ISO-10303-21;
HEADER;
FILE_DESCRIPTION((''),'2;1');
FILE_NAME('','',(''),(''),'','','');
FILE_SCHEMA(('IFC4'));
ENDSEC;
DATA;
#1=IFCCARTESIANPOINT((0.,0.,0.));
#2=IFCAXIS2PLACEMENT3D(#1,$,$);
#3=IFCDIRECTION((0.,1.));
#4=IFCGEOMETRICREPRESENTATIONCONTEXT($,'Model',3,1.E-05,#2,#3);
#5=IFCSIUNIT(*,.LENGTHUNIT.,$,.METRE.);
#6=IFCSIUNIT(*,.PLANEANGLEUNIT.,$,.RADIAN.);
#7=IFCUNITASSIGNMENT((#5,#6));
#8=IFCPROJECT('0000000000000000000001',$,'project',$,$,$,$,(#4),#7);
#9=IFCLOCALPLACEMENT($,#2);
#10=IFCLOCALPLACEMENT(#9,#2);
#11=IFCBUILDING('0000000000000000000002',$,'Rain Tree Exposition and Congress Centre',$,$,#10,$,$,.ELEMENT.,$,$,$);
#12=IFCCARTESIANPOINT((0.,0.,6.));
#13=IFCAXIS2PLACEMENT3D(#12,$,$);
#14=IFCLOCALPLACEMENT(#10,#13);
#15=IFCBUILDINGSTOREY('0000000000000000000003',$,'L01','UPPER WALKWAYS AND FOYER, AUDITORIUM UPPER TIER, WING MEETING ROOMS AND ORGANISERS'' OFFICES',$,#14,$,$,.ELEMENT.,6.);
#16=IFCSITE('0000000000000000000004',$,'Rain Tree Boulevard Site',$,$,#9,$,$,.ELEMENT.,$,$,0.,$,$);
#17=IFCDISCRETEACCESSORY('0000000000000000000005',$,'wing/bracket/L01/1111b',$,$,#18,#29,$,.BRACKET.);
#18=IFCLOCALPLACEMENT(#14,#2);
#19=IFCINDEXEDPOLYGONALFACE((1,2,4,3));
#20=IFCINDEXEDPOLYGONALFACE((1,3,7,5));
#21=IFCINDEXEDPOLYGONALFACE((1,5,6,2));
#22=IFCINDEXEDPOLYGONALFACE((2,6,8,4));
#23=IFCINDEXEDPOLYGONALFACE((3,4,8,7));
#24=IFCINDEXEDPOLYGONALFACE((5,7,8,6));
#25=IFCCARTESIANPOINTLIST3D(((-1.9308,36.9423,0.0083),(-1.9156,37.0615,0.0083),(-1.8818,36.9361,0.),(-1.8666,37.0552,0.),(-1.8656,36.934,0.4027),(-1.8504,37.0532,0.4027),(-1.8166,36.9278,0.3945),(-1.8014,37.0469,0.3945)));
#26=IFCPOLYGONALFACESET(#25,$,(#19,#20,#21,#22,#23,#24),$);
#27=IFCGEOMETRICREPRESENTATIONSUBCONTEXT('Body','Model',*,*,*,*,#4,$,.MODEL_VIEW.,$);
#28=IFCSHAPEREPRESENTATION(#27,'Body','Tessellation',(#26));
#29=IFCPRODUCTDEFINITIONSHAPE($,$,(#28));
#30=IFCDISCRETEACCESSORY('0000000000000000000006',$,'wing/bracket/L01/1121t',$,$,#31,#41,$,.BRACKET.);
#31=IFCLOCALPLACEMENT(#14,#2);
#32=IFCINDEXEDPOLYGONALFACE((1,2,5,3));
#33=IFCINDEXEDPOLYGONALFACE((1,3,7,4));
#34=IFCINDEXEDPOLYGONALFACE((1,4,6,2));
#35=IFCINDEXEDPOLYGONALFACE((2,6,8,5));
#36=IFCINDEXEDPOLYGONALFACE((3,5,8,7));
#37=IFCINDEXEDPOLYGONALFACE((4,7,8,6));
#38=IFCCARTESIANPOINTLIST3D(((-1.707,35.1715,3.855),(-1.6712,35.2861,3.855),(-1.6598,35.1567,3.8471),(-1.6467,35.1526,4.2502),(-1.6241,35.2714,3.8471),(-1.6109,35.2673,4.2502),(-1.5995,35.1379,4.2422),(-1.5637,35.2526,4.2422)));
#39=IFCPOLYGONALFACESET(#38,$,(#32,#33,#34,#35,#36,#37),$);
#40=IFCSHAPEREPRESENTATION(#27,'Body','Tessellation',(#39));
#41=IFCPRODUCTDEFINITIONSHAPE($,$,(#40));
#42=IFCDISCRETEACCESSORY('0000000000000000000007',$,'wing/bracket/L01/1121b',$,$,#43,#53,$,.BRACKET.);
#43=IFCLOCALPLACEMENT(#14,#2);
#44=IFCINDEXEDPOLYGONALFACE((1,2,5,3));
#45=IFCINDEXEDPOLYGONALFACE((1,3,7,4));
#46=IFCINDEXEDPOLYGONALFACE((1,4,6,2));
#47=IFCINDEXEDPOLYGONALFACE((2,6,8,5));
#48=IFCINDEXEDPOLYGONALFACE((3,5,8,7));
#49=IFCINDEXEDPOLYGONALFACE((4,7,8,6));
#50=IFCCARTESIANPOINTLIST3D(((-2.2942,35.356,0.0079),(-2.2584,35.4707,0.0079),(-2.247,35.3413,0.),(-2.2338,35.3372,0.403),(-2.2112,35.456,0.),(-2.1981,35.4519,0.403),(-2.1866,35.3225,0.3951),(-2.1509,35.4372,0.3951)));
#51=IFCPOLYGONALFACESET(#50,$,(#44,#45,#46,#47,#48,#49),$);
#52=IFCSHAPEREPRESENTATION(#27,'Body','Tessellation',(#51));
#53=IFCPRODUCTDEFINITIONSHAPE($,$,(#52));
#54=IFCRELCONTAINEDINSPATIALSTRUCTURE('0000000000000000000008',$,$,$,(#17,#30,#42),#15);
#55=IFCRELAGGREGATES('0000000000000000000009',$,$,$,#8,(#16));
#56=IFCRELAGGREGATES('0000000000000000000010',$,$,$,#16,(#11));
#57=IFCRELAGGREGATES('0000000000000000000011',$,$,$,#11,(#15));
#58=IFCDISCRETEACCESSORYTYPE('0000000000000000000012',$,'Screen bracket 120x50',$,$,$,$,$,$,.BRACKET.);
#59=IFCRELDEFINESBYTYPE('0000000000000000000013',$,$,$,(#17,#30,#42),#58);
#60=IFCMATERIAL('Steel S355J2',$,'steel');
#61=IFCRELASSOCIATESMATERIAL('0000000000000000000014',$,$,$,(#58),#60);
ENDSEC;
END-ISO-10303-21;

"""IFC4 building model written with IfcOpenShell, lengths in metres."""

from ifc_helpers import new_model, si_unit, direction, frame, origin, origin_2d, place, context, subcontext, project, spatial, rectangle, extrude, material, material_profile, profile_set, type_object, element, save


model = new_model("IFC4")

# Units and contexts
model_context = context("Model", 3, precision=1e-05, world=origin(), true_north=direction((0.0, 1.0)))
body_context = subcontext(model_context, "Body", "Model", "MODEL_VIEW")
ifc_project = project(units=[si_unit("LENGTHUNIT", "METRE"), si_unit("PLANEANGLEUNIT", "RADIAN")], contexts=[model_context])

# Site, building, storey
site_placement = place(None, origin())
site = spatial("IfcSite", under=ifc_project, at=site_placement, Name="Rain Tree Boulevard Site", CompositionType="ELEMENT", RefElevation=0.0)
building_placement = place(site_placement, origin())
building = spatial("IfcBuilding", under=site, at=building_placement, Name="Rain Tree Exposition and Congress Centre", CompositionType="ELEMENT")
storey_placement = place(building_placement, frame((0.0, 0.0, 6.0)))
storey = spatial("IfcBuildingStorey", under=building, at=storey_placement, Name="L01", Description="UPPER WALKWAYS AND FOYER, AUDITORIUM UPPER TIER, WING MEETING ROOMS AND ORGANISERS' OFFICES", CompositionType="ELEMENT", Elevation=6.0)

# Discrete accessories
ifc_material_1 = material(Name="Steel S355J2", Category="steel")
ifc_material_profile_1 = material_profile(ifc_material_1, rectangle(XDim=0.1201, YDim=0.05, at=origin_2d()), Name="Flat bar 120x50")
ifc_profile_set_1 = profile_set([ifc_material_profile_1], Name="Steel S355J2")
discrete_accessory_type = type_object("IfcDiscreteAccessoryType", Name="Screen bracket 120x50", PredefinedType="BRACKET", material=ifc_profile_set_1)
for number, where, z_axis, x_axis, name in (
    (1, (-1.8987, 36.9988, 0.0042), (0.162978, -0.020754, 0.986411), (0.126321, 0.991989, 0.0), "wing/bracket/L01/1111b"),
):
    element("IfcDiscreteAccessory", number, at=place(storey_placement, frame(where, z_axis=z_axis, x_axis=x_axis)), inside=storey, type_object=discrete_accessory_type, Name=name, PredefinedType="BRACKET", context=body_context, shape_type="SweptSolid", body=[
        extrude(rectangle(XDim=0.1201, YDim=0.05, at=origin_2d()), origin(), (0.0, 0.0, 1.0), 0.3999),
    ])
for number, where, z_axis, x_axis, name in (
    (2, (-1.6655, 35.2214, 3.8511), (0.150743, -0.046993, 0.987456), (0.297615, 0.954686, 0.0), "wing/bracket/L01/1121t"),
    (3, (-2.2527, 35.406, 0.0039), (0.150743, -0.046993, 0.987456), (0.297615, 0.954686, 0.0), "wing/bracket/L01/1121b"),
):
    element("IfcDiscreteAccessory", number, at=place(storey_placement, frame(where, z_axis=z_axis, x_axis=x_axis)), inside=storey, type_object=discrete_accessory_type, Name=name, PredefinedType="BRACKET", context=body_context, shape_type="SweptSolid", body=[
        extrude(rectangle(XDim=0.1201, YDim=0.05, at=origin_2d()), origin(), (0.0, 0.0, 1.0), 0.4001),
    ])

save(model, "model.ifc")
